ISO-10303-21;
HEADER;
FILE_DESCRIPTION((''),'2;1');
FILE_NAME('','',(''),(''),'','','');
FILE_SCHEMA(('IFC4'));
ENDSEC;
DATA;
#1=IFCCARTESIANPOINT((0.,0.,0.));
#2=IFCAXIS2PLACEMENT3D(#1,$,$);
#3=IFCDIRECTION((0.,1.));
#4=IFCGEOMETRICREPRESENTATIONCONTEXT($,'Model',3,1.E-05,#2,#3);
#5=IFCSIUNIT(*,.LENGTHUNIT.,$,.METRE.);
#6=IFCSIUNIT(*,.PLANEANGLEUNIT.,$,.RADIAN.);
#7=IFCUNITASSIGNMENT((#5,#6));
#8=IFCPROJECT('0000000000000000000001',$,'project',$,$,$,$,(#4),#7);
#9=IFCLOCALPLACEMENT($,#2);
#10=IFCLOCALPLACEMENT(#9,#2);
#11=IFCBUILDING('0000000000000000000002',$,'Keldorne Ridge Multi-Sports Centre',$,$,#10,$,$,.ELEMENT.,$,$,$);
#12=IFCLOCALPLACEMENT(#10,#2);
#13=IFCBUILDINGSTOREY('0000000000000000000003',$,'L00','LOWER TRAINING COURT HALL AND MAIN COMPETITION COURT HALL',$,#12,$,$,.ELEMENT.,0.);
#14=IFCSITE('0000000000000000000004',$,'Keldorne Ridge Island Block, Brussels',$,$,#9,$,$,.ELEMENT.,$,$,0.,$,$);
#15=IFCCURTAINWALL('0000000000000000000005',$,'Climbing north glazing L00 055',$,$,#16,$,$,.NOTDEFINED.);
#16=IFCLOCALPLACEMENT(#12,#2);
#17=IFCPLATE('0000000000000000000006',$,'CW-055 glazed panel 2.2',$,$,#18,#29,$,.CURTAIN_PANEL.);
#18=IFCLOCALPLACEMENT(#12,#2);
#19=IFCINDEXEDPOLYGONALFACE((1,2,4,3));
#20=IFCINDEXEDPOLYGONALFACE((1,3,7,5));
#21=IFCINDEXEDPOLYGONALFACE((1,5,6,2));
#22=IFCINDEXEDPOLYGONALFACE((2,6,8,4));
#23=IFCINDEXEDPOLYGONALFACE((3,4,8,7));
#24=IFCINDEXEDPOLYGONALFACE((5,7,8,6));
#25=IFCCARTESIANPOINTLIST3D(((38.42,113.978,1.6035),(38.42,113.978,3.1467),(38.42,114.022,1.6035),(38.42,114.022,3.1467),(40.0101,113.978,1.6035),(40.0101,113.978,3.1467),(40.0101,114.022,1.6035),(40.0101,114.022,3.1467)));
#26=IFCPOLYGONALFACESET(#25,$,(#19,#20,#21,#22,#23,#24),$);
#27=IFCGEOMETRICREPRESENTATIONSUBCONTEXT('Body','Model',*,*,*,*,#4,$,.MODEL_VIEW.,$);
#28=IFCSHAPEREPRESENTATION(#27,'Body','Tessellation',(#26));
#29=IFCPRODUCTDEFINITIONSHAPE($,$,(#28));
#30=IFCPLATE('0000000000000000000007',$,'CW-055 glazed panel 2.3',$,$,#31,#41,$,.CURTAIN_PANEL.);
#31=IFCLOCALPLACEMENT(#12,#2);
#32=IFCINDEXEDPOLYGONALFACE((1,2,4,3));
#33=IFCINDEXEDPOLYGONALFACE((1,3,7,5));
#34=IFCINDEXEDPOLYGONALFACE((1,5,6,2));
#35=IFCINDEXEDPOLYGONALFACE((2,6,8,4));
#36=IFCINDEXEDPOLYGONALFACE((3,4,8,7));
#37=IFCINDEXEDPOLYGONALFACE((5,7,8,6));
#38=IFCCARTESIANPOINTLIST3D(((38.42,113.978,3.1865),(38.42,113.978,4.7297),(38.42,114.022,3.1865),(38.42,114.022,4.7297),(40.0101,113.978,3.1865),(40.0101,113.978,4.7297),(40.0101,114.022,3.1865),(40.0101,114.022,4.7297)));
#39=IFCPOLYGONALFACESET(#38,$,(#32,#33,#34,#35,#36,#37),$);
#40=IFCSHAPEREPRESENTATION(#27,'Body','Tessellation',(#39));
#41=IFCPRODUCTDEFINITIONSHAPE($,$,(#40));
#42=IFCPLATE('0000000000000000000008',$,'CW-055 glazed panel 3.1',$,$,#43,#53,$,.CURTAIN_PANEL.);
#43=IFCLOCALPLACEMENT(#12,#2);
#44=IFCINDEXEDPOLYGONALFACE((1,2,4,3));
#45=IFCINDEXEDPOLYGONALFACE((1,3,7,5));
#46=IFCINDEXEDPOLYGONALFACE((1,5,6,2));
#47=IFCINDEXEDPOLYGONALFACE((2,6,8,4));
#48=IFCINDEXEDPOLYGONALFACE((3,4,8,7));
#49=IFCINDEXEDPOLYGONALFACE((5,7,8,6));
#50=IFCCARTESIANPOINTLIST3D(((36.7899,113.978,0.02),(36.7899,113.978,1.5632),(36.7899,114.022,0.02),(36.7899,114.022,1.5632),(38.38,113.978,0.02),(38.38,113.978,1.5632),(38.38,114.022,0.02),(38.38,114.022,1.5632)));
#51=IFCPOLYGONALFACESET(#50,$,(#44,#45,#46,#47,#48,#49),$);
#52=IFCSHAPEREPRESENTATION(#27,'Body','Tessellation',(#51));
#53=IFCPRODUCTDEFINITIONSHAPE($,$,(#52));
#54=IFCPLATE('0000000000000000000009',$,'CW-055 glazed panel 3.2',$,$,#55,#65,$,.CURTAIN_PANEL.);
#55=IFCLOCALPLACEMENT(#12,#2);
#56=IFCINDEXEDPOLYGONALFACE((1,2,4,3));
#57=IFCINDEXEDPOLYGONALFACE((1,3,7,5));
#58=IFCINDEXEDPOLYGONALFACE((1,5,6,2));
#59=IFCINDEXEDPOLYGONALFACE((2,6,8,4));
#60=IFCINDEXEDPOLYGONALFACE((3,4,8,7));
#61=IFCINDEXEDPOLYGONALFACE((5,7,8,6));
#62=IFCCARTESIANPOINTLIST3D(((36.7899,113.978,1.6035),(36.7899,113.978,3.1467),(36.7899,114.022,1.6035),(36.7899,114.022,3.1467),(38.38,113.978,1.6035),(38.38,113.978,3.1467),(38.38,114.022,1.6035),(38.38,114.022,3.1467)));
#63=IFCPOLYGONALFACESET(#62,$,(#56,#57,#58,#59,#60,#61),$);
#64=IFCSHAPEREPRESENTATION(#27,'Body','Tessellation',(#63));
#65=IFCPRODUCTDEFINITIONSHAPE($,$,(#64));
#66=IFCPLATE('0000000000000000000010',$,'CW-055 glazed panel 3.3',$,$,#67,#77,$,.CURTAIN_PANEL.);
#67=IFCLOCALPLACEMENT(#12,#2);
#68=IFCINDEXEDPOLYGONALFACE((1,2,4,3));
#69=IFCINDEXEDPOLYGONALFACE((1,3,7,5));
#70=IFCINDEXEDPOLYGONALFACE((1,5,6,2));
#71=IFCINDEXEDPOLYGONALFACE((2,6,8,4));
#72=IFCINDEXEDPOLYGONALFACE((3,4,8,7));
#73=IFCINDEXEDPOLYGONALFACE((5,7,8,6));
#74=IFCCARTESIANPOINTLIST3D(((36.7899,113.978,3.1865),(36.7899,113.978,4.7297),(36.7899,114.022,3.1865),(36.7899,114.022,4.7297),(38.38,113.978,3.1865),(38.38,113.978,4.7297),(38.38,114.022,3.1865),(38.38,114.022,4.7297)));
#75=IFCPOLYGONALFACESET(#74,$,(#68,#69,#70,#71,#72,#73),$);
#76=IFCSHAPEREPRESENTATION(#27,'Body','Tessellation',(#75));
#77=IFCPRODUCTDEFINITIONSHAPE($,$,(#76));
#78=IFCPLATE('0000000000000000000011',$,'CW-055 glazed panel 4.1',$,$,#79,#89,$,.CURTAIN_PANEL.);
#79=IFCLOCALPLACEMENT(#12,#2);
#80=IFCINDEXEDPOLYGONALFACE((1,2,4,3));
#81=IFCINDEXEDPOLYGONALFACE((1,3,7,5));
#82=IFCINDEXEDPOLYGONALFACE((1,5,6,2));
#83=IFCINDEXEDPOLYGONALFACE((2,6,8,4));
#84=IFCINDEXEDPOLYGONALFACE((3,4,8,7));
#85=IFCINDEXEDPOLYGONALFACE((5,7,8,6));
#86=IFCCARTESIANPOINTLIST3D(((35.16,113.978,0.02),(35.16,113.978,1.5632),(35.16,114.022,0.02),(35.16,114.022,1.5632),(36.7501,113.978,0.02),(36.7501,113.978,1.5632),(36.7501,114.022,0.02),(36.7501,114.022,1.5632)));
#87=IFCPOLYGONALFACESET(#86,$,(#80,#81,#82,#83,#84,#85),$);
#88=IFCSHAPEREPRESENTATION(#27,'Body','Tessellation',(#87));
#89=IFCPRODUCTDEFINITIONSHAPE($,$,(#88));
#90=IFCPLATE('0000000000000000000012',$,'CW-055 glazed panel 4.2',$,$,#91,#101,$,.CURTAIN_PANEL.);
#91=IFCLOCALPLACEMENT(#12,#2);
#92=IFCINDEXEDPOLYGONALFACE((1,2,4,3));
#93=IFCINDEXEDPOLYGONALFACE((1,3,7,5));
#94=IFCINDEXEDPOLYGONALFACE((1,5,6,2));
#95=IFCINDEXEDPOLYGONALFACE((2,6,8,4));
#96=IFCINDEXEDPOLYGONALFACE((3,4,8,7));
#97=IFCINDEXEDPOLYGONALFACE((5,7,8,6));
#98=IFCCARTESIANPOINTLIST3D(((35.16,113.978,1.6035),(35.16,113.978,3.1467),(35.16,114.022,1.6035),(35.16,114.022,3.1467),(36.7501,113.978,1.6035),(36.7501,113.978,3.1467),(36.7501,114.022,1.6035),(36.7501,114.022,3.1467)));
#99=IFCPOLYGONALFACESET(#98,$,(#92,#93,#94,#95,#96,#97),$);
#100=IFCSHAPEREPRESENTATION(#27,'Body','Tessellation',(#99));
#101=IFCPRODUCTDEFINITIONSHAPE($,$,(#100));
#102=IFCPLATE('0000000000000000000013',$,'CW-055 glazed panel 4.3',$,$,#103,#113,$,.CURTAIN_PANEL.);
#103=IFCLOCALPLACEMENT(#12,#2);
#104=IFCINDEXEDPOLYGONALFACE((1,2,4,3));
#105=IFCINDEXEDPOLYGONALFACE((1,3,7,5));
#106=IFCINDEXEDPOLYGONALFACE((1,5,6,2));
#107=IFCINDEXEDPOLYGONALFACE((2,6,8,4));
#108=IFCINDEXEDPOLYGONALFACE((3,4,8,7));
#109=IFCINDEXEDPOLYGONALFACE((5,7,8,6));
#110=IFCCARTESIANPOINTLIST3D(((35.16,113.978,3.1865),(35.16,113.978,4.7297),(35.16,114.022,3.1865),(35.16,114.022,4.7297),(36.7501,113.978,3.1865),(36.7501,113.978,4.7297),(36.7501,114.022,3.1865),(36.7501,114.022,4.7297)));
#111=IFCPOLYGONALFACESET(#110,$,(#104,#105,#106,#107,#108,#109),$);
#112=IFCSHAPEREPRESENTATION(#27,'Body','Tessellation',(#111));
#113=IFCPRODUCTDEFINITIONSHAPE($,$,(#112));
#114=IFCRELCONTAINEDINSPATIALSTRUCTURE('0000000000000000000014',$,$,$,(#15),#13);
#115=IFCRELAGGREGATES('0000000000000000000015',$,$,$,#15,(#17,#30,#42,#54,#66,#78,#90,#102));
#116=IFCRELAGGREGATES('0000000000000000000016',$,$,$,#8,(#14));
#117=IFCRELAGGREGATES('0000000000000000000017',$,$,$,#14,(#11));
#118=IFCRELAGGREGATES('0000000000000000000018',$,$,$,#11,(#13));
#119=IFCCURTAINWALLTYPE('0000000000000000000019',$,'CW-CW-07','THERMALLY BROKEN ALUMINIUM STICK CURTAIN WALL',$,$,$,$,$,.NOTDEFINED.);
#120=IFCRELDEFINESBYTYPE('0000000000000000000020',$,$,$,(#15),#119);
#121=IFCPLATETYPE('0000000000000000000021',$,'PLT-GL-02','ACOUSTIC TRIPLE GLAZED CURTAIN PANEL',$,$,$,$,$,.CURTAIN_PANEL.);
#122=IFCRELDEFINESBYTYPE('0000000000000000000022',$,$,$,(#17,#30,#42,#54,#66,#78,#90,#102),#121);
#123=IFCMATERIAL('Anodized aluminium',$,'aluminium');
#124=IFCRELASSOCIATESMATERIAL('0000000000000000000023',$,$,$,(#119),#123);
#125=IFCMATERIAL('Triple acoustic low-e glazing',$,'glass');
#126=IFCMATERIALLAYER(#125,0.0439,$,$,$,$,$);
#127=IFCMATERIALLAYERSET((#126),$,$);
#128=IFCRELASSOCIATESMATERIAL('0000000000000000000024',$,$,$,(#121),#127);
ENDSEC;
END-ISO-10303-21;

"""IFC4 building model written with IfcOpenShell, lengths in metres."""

from ifc_helpers import new_model, si_unit, direction, frame, origin, origin_2d, place, context, subcontext, project, spatial, rectangle, extrude, material, layer, layer_set, type_object, element, aggregate, save


model = new_model("IFC4")

# Units and contexts
model_context = context("Model", 3, precision=1e-05, world=origin(), true_north=direction((0.0, 1.0)))
body_context = subcontext(model_context, "Body", "Model", "MODEL_VIEW")
ifc_project = project(units=[si_unit("LENGTHUNIT", "METRE"), si_unit("PLANEANGLEUNIT", "RADIAN")], contexts=[model_context])

# Site, building, storey
site_placement = place(None, origin())
site = spatial("IfcSite", under=ifc_project, at=site_placement, Name="Keldorne Ridge Island Block, Brussels", CompositionType="ELEMENT", RefElevation=0.0)
building_placement = place(site_placement, origin())
building = spatial("IfcBuilding", under=site, at=building_placement, Name="Keldorne Ridge Multi-Sports Centre", CompositionType="ELEMENT")
storey_placement = place(building_placement, origin())
storey = spatial("IfcBuildingStorey", under=building, at=storey_placement, Name="L00", Description="LOWER TRAINING COURT HALL AND MAIN COMPETITION COURT HALL", CompositionType="ELEMENT", Elevation=0.0)

# Curtain wall, plates
ifc_material_1 = material(Name="Anodized aluminium", Category="aluminium")
curtain_wall_type = type_object("IfcCurtainWallType", Name="CW-CW-07", Description="THERMALLY BROKEN ALUMINIUM STICK CURTAIN WALL", PredefinedType="NOTDEFINED", material=ifc_material_1)
curtain_wall_placement = place(storey_placement, origin())
curtain_wall = element("IfcCurtainWall", 1, at=curtain_wall_placement, inside=storey, type_object=curtain_wall_type, Name="Climbing north glazing L00 055", PredefinedType="NOTDEFINED")
ifc_material_2 = material(Name="Triple acoustic low-e glazing", Category="glass")
ifc_layer = layer(ifc_material_2, 0.0439)
ifc_layer_set = layer_set([ifc_layer])
plate_type = type_object("IfcPlateType", Name="PLT-GL-02", Description="ACOUSTIC TRIPLE GLAZED CURTAIN PANEL", PredefinedType="CURTAIN_PANEL", material=ifc_layer_set)
plate_1_placement = place(storey_placement, frame((39.2151, 114.0, 1.6035), z_axis=(0.0, 0.0, 1.0), x_axis=(-1.0, 0.0, 0.0)))
plate_1 = element("IfcPlate", 2, at=plate_1_placement, type_object=plate_type, Name="CW-055 glazed panel 2.2", PredefinedType="CURTAIN_PANEL", context=body_context, shape_type="SweptSolid", body=[
    extrude(rectangle(XDim=1.5901, YDim=0.0439, at=origin_2d()), origin(), (0.0, 0.0, 1.0), 1.5432),
])
plate_2_placement = place(storey_placement, frame((39.2151, 114.0, 3.1865), z_axis=(0.0, 0.0, 1.0), x_axis=(-1.0, 0.0, 0.0)))
plate_2 = element("IfcPlate", 3, at=plate_2_placement, type_object=plate_type, Name="CW-055 glazed panel 2.3", PredefinedType="CURTAIN_PANEL", context=body_context, shape_type="SweptSolid", body=[
    extrude(rectangle(XDim=1.5901, YDim=0.0439, at=origin_2d()), origin(), (0.0, 0.0, 1.0), 1.5432),
])
plate_3_placement = place(storey_placement, frame((37.585, 114.0, 0.02), z_axis=(0.0, 0.0, 1.0), x_axis=(-1.0, 0.0, 0.0)))
plate_3 = element("IfcPlate", 4, at=plate_3_placement, type_object=plate_type, Name="CW-055 glazed panel 3.1", PredefinedType="CURTAIN_PANEL", context=body_context, shape_type="SweptSolid", body=[
    extrude(rectangle(XDim=1.5901, YDim=0.0439, at=origin_2d()), origin(), (0.0, 0.0, 1.0), 1.5432),
])
plate_4_placement = place(storey_placement, frame((37.585, 114.0, 1.6035), z_axis=(0.0, 0.0, 1.0), x_axis=(-1.0, 0.0, 0.0)))
plate_4 = element("IfcPlate", 5, at=plate_4_placement, type_object=plate_type, Name="CW-055 glazed panel 3.2", PredefinedType="CURTAIN_PANEL", context=body_context, shape_type="SweptSolid", body=[
    extrude(rectangle(XDim=1.5901, YDim=0.0439, at=origin_2d()), origin(), (0.0, 0.0, 1.0), 1.5432),
])
plate_5_placement = place(storey_placement, frame((37.585, 114.0, 3.1865), z_axis=(0.0, 0.0, 1.0), x_axis=(-1.0, 0.0, 0.0)))
plate_5 = element("IfcPlate", 6, at=plate_5_placement, type_object=plate_type, Name="CW-055 glazed panel 3.3", PredefinedType="CURTAIN_PANEL", context=body_context, shape_type="SweptSolid", body=[
    extrude(rectangle(XDim=1.5901, YDim=0.0439, at=origin_2d()), origin(), (0.0, 0.0, 1.0), 1.5432),
])
plate_6_placement = place(storey_placement, frame((35.9551, 114.0, 0.02), z_axis=(0.0, 0.0, 1.0), x_axis=(-1.0, 0.0, 0.0)))
plate_6 = element("IfcPlate", 7, at=plate_6_placement, type_object=plate_type, Name="CW-055 glazed panel 4.1", PredefinedType="CURTAIN_PANEL", context=body_context, shape_type="SweptSolid", body=[
    extrude(rectangle(XDim=1.5901, YDim=0.0439, at=origin_2d()), origin(), (0.0, 0.0, 1.0), 1.5432),
])
plate_7_placement = place(storey_placement, frame((35.9551, 114.0, 1.6035), z_axis=(0.0, 0.0, 1.0), x_axis=(-1.0, 0.0, 0.0)))
plate_7 = element("IfcPlate", 8, at=plate_7_placement, type_object=plate_type, Name="CW-055 glazed panel 4.2", PredefinedType="CURTAIN_PANEL", context=body_context, shape_type="SweptSolid", body=[
    extrude(rectangle(XDim=1.5901, YDim=0.0439, at=origin_2d()), origin(), (0.0, 0.0, 1.0), 1.5432),
])
plate_8_placement = place(storey_placement, frame((35.9551, 114.0, 3.1865), z_axis=(0.0, 0.0, 1.0), x_axis=(-1.0, 0.0, 0.0)))
plate_8 = element("IfcPlate", 9, at=plate_8_placement, type_object=plate_type, Name="CW-055 glazed panel 4.3", PredefinedType="CURTAIN_PANEL", context=body_context, shape_type="SweptSolid", body=[
    extrude(rectangle(XDim=1.5901, YDim=0.0439, at=origin_2d()), origin(), (0.0, 0.0, 1.0), 1.5432),
])
aggregate(curtain_wall, [plate_1, plate_2, plate_3, plate_4, plate_5, plate_6, plate_7, plate_8])

save(model, "model.ifc")
